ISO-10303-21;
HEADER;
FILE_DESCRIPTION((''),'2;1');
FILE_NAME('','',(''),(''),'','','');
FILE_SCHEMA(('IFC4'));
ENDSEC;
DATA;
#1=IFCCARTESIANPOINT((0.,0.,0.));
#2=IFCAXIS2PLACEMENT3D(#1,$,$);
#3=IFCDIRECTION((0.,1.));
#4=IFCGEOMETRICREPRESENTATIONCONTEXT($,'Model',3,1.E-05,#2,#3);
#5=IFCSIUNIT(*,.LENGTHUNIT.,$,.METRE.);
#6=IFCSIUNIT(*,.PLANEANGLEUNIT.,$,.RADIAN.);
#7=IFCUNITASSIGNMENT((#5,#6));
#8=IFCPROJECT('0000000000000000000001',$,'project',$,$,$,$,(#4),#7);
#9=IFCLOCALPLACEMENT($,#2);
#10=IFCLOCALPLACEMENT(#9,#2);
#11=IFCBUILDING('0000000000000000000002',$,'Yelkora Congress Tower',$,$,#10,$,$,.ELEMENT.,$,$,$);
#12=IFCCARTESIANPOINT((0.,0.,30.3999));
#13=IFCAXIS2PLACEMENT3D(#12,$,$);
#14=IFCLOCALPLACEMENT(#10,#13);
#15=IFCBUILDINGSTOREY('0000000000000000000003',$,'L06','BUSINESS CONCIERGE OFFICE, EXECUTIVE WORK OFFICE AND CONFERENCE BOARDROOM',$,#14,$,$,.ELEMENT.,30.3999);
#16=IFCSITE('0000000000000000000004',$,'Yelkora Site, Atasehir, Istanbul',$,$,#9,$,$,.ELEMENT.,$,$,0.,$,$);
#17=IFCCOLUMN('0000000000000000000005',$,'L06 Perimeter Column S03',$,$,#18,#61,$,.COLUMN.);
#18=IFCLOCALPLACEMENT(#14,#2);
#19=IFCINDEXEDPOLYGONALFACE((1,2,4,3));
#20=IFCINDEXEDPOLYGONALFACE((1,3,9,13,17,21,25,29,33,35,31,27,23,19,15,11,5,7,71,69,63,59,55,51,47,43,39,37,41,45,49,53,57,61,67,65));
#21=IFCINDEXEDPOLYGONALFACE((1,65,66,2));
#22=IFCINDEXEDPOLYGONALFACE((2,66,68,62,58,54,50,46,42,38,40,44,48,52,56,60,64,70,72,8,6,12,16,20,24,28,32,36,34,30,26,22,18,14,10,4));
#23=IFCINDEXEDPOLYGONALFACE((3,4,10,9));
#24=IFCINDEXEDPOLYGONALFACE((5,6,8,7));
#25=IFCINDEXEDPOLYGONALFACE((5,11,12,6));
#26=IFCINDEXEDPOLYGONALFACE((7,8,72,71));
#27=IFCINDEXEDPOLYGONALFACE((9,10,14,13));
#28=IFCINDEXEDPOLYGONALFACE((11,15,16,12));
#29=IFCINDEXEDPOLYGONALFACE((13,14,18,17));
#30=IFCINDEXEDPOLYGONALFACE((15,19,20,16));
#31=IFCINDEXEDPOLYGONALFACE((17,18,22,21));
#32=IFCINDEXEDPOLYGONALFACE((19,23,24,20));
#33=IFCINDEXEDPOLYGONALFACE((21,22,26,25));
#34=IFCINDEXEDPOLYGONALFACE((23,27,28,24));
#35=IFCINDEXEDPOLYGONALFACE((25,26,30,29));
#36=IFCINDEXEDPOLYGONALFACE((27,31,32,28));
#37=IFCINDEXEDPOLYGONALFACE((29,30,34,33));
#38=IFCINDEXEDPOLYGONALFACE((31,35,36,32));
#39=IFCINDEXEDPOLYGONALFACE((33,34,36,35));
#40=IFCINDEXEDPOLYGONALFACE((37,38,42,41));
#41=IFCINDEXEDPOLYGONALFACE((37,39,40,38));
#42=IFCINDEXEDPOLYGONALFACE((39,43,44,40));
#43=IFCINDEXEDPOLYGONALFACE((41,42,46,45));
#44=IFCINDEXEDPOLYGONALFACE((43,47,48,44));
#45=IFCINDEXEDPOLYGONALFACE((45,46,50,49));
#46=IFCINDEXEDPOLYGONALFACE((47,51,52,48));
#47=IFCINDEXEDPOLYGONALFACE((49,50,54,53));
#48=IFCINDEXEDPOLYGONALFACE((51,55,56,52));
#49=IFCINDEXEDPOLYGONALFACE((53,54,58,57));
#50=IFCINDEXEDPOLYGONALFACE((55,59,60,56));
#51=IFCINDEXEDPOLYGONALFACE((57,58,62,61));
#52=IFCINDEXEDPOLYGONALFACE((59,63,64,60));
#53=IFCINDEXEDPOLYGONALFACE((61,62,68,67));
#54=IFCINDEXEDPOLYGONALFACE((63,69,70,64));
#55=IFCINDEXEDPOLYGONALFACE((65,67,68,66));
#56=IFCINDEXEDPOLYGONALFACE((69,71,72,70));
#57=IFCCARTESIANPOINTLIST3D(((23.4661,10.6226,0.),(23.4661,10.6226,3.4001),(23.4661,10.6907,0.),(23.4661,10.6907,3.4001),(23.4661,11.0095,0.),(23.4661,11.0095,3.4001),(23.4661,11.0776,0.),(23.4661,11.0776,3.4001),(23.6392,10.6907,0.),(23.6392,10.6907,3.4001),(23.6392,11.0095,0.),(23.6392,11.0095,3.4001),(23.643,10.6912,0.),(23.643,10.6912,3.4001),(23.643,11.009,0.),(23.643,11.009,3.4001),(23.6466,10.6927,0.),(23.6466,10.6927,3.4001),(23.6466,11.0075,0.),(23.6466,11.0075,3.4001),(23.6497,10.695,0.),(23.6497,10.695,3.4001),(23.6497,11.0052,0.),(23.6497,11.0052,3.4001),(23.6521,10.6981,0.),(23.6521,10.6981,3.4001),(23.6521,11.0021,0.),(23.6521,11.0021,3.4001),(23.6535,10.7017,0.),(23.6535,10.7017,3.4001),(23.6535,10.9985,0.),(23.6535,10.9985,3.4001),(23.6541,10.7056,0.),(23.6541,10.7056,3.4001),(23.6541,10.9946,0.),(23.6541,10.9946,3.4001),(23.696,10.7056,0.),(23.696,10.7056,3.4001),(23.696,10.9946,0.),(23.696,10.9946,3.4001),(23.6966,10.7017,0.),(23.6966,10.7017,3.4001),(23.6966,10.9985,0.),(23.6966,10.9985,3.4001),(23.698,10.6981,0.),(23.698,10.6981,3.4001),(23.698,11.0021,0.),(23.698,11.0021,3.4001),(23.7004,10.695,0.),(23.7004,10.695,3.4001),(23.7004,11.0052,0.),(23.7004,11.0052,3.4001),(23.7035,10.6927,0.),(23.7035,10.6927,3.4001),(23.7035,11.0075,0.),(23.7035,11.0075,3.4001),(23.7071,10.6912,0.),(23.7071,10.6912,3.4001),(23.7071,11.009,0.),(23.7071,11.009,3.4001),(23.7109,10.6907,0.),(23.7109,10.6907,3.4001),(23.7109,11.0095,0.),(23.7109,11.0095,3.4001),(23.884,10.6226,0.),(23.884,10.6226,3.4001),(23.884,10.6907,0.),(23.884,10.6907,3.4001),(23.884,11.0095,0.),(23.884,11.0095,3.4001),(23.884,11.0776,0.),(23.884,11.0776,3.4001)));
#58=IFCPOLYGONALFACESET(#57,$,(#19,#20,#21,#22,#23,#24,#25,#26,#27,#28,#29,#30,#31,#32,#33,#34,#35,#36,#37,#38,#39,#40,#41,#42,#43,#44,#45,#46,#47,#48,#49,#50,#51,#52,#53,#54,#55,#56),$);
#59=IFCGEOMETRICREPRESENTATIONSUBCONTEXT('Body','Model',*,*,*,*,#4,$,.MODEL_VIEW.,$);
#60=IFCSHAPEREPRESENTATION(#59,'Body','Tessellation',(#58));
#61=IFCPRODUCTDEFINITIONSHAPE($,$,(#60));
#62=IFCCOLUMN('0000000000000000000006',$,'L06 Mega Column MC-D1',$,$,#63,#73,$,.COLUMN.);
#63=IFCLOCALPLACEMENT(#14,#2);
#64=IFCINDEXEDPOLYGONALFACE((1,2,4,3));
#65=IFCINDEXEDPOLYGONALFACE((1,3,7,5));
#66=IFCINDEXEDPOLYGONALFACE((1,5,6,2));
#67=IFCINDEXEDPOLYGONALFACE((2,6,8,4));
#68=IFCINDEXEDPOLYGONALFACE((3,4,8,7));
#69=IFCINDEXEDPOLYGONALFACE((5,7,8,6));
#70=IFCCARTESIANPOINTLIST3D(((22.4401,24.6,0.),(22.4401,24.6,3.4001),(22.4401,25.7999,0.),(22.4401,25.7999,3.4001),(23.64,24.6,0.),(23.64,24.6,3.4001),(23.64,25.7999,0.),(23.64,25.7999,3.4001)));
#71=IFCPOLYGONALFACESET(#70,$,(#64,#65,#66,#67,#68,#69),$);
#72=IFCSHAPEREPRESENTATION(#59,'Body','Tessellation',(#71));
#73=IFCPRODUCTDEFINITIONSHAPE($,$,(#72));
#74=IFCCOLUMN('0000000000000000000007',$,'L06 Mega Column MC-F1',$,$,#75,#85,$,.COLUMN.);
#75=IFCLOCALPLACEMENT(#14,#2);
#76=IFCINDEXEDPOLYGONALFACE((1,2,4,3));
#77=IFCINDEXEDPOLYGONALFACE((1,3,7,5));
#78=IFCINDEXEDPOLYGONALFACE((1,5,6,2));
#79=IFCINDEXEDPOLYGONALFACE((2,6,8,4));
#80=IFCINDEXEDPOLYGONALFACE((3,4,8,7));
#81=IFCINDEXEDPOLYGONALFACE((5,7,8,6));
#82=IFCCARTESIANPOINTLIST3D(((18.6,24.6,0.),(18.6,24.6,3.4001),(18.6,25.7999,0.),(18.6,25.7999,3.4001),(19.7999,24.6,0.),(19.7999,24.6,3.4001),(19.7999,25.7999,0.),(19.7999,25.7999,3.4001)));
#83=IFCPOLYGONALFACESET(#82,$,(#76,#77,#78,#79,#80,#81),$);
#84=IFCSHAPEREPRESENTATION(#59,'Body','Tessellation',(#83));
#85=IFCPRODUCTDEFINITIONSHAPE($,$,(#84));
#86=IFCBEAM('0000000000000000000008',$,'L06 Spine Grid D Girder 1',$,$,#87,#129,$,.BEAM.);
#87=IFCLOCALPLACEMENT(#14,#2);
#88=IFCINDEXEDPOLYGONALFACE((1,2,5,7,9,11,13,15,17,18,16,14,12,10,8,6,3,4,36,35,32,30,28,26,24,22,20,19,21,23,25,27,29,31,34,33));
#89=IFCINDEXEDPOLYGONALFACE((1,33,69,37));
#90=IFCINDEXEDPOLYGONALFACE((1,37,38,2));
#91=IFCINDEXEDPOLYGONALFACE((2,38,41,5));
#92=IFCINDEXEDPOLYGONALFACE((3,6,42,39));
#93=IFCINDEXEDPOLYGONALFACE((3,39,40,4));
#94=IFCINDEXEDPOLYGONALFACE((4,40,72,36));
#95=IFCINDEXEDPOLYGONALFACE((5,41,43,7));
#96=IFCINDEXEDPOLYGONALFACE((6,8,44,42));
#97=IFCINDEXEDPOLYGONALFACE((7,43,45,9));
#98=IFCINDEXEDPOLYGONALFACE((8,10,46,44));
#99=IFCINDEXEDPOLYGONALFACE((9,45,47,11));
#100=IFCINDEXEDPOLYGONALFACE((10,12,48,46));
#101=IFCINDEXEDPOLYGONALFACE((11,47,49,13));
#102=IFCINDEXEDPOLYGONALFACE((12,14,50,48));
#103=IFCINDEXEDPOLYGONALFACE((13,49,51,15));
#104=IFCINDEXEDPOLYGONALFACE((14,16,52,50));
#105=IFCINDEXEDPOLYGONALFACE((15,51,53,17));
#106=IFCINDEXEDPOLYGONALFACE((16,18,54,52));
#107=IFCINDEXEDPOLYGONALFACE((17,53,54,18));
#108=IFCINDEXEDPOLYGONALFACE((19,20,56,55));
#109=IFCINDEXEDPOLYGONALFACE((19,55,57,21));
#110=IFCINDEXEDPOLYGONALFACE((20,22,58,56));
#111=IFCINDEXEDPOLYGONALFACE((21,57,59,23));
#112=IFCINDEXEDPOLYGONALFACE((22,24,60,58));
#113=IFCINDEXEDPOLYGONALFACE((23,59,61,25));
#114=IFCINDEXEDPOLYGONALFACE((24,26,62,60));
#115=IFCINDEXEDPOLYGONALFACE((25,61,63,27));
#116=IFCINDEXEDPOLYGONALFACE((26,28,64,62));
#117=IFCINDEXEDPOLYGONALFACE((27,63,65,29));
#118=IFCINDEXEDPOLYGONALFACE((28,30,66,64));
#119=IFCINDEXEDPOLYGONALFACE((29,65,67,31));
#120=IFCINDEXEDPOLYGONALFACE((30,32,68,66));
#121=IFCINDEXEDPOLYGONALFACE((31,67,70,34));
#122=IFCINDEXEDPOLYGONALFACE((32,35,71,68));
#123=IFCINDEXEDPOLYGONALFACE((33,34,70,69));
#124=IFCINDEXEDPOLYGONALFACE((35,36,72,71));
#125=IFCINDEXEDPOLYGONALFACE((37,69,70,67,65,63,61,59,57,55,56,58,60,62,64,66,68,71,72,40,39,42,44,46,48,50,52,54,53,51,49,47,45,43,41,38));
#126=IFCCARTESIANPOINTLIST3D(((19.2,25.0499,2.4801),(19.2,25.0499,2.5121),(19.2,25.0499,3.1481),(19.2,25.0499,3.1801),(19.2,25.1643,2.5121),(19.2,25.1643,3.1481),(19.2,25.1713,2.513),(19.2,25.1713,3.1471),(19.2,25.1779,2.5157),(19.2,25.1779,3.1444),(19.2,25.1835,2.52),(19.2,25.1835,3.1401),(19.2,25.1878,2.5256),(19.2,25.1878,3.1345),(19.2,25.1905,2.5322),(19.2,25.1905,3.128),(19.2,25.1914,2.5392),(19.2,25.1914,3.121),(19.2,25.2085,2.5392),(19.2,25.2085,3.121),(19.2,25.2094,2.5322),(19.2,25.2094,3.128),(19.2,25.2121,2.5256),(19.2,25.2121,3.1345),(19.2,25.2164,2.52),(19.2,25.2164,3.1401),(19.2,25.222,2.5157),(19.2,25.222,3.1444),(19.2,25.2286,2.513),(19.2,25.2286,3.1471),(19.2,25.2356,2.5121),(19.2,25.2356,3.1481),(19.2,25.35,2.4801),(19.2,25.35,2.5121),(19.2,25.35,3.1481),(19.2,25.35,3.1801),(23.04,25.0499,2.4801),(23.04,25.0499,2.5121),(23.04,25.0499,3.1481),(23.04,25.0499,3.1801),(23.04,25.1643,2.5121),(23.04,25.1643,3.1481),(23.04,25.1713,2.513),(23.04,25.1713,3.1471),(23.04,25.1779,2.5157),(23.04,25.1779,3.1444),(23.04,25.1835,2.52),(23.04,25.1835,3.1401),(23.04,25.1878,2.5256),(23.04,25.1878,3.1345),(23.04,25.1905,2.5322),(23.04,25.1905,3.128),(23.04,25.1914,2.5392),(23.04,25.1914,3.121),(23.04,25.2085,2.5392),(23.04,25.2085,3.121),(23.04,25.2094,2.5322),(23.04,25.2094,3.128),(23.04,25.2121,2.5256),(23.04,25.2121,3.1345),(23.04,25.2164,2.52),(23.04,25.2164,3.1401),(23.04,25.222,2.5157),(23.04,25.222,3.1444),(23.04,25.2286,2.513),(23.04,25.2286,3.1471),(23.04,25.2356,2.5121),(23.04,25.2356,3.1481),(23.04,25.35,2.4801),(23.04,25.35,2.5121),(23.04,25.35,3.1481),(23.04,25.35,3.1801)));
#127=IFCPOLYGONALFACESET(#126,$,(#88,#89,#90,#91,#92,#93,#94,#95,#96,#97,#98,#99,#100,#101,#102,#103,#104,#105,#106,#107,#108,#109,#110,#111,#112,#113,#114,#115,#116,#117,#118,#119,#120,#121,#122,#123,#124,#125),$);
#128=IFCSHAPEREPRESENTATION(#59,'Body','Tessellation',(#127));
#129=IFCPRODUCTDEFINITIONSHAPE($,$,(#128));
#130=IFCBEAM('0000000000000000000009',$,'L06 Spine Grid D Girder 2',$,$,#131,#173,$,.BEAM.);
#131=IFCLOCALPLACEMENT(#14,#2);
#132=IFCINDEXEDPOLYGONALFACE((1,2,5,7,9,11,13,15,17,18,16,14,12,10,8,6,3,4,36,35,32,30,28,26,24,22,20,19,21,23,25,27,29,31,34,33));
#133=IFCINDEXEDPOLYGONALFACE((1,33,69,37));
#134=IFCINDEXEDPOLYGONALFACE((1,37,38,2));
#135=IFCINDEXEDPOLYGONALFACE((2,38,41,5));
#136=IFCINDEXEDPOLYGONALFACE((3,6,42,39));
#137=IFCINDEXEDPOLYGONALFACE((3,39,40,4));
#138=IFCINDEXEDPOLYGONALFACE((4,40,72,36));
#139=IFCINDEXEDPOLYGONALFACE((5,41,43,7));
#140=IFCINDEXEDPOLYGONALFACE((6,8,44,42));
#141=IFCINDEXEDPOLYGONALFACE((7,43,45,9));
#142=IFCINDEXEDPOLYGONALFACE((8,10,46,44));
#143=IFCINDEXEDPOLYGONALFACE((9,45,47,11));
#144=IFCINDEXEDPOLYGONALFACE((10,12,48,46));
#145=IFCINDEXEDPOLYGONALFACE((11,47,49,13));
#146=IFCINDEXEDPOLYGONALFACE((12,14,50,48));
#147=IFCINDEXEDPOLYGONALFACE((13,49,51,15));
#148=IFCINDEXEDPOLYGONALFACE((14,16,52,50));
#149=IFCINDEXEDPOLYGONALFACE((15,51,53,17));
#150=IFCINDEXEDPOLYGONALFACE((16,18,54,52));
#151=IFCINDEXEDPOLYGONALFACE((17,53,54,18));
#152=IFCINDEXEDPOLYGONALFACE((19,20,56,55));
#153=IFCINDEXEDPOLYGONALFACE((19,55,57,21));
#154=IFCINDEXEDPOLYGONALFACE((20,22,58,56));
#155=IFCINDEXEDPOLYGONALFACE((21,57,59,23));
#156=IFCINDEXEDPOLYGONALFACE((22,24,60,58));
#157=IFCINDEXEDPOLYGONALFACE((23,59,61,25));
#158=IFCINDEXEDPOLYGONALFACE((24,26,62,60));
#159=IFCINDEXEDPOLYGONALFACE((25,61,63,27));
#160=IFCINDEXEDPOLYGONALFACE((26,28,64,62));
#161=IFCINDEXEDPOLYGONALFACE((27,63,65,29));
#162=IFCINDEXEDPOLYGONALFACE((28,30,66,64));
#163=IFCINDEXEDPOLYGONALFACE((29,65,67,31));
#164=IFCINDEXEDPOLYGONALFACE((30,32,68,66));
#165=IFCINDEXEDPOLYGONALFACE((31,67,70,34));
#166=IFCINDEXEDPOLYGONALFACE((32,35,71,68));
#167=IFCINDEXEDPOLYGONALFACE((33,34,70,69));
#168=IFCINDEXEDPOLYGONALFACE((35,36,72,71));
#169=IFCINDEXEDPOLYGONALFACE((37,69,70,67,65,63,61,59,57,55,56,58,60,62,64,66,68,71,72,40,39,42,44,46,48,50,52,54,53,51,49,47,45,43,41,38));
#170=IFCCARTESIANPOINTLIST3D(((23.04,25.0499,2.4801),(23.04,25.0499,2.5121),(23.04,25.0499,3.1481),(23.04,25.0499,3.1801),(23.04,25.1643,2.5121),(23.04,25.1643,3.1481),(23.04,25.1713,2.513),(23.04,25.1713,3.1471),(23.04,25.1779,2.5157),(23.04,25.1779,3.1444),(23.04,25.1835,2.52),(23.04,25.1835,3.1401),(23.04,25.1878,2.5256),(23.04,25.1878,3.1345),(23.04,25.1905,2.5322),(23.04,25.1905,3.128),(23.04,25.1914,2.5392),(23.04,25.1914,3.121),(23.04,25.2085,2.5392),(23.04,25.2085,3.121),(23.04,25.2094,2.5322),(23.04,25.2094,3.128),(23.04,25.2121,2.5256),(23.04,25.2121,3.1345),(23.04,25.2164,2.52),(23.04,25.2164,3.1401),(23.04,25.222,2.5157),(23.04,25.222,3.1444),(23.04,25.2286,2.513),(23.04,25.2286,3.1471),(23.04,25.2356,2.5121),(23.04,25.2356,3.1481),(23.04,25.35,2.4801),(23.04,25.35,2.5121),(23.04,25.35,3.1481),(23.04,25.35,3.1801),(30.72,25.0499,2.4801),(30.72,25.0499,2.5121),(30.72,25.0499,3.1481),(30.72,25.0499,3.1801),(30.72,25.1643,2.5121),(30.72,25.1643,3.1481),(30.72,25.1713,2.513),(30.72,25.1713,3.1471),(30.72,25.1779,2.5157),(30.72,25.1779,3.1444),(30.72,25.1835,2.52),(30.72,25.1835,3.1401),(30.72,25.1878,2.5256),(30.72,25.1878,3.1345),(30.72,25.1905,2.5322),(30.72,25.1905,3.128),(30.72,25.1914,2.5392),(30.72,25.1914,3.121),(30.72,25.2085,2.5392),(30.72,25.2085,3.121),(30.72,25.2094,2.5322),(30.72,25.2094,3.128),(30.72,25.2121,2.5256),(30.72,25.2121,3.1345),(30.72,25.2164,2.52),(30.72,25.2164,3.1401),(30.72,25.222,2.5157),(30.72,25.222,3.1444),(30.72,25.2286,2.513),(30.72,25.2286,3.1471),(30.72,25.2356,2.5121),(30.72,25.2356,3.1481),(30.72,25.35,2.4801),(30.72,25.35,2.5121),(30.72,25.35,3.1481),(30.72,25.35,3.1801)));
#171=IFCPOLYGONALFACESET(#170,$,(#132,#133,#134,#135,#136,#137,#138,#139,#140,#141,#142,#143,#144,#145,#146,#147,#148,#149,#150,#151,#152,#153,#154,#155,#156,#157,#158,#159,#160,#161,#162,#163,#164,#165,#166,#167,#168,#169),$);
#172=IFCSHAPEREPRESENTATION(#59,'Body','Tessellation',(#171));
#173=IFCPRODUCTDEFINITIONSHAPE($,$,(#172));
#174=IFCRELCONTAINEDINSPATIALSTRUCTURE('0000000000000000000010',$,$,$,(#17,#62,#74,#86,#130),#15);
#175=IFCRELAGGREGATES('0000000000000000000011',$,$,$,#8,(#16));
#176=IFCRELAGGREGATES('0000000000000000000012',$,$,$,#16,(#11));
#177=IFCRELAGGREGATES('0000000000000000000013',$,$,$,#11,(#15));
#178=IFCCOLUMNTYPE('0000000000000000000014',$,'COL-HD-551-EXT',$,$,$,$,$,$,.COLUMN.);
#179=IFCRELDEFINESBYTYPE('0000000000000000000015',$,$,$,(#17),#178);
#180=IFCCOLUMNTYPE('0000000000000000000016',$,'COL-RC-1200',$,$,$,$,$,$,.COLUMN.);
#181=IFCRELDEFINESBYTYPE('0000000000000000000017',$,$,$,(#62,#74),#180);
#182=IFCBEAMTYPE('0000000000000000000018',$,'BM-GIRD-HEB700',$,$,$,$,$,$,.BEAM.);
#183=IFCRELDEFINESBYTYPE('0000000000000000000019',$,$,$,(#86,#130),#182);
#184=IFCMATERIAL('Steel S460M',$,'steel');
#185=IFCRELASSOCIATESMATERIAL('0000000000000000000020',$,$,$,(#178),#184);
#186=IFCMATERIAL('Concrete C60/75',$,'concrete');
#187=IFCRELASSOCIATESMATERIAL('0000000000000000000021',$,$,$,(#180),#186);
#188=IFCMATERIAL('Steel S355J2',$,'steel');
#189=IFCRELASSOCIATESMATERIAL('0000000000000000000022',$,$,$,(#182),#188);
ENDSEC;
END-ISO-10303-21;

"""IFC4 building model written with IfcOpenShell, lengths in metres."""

from ifc_helpers import new_model, si_unit, direction, frame, origin, origin_2d, place, context, subcontext, project, spatial, rectangle, i_section, extrude, material, material_profile, profile_set, type_object, element, save


model = new_model("IFC4")

# Units and contexts
model_context = context("Model", 3, precision=1e-05, world=origin(), true_north=direction((0.0, 1.0)))
body_context = subcontext(model_context, "Body", "Model", "MODEL_VIEW")
ifc_project = project(units=[si_unit("LENGTHUNIT", "METRE"), si_unit("PLANEANGLEUNIT", "RADIAN")], contexts=[model_context])

# Site, building, storey
site_placement = place(None, origin())
site = spatial("IfcSite", under=ifc_project, at=site_placement, Name="Yelkora Site, Atasehir, Istanbul", CompositionType="ELEMENT", RefElevation=0.0)
building_placement = place(site_placement, origin())
building = spatial("IfcBuilding", under=site, at=building_placement, Name="Yelkora Congress Tower", CompositionType="ELEMENT")
storey_placement = place(building_placement, frame((0.0, 0.0, 30.3999)))
storey = spatial("IfcBuildingStorey", under=building, at=storey_placement, Name="L06", Description="BUSINESS CONCIERGE OFFICE, EXECUTIVE WORK OFFICE AND CONFERENCE BOARDROOM", CompositionType="ELEMENT", Elevation=30.3999)

# Columns
ifc_material_1 = material(Name="Steel S460M", Category="steel")
ifc_material_profile_1 = material_profile(ifc_material_1, i_section(OverallWidth=0.418, OverallDepth=0.4551, WebThickness=0.042, FlangeThickness=0.0681, FilletRadius=0.0149, at=origin_2d()), Name="HD 400x551")
ifc_profile_set_1 = profile_set([ifc_material_profile_1], Name="Steel S460M")
column_type_1 = type_object("IfcColumnType", Name="COL-HD-551-EXT", PredefinedType="COLUMN", material=ifc_profile_set_1)
column_placement = place(storey_placement, frame((23.675, 10.8501, 0.0), z_axis=(0.0, 0.0, 1.0), x_axis=(1.0, 0.0, 0.0)))
element("IfcColumn", 1, at=column_placement, inside=storey, type_object=column_type_1, Name="L06 Perimeter Column S03", PredefinedType="COLUMN", context=body_context, shape_type="SweptSolid", body=[
    extrude(i_section(OverallWidth=0.418, OverallDepth=0.4551, WebThickness=0.042, FlangeThickness=0.0681, FilletRadius=0.0149, at=origin_2d()), origin(), (0.0, 0.0, 1.0), 3.4001),
])
ifc_material_2 = material(Name="Concrete C60/75", Category="concrete")
ifc_material_profile_2 = material_profile(ifc_material_2, rectangle(XDim=1.2, YDim=1.2, at=origin_2d()), Name="RC 1200x1200")
ifc_profile_set_2 = profile_set([ifc_material_profile_2], Name="Concrete C60/75")
column_type_2 = type_object("IfcColumnType", Name="COL-RC-1200", PredefinedType="COLUMN", material=ifc_profile_set_2)
for number, where, z_axis, x_axis, name in (
    (2, (23.04, 25.2, 0.0), (0.0, 0.0, 1.0), (1.0, 0.0, 0.0), "L06 Mega Column MC-D1"),
    (3, (19.2, 25.2, 0.0), (0.0, 0.0, 1.0), (1.0, 0.0, 0.0), "L06 Mega Column MC-F1"),
):
    element("IfcColumn", number, at=place(storey_placement, frame(where, z_axis=z_axis, x_axis=x_axis)), inside=storey, type_object=column_type_2, Name=name, PredefinedType="COLUMN", context=body_context, shape_type="SweptSolid", body=[
        extrude(rectangle(XDim=1.2, YDim=1.2, at=origin_2d()), origin(), (0.0, 0.0, 1.0), 3.4001),
    ])

# Beams
ifc_material_3 = material(Name="Steel S355J2", Category="steel")
ifc_material_profile_3 = material_profile(ifc_material_3, i_section(OverallWidth=0.3, OverallDepth=0.7, WebThickness=0.0171, FlangeThickness=0.032, FilletRadius=0.0271, at=origin_2d()), Name="HEB 700")
ifc_profile_set_3 = profile_set([ifc_material_profile_3], Name="Steel S355J2")
beam_type_1 = type_object("IfcBeamType", Name="BM-GIRD-HEB700", PredefinedType="BEAM", material=ifc_profile_set_3)
beam_1_placement = place(storey_placement, frame((19.2, 25.2, 2.8301), z_axis=(1.0, 0.0, 0.0), x_axis=(0.0, 1.0, 0.0)))
element("IfcBeam", 4, at=beam_1_placement, inside=storey, type_object=beam_type_1, Name="L06 Spine Grid D Girder 1", PredefinedType="BEAM", context=body_context, shape_type="SweptSolid", body=[
    extrude(i_section(OverallWidth=0.3, OverallDepth=0.7, WebThickness=0.0171, FlangeThickness=0.032, FilletRadius=0.0271, at=origin_2d()), origin(), (0.0, 0.0, 1.0), 3.8401),
])
beam_2_placement = place(storey_placement, frame((23.04, 25.2, 2.8301), z_axis=(1.0, 0.0, 0.0), x_axis=(0.0, 1.0, 0.0)))
element("IfcBeam", 5, at=beam_2_placement, inside=storey, type_object=beam_type_1, Name="L06 Spine Grid D Girder 2", PredefinedType="BEAM", context=body_context, shape_type="SweptSolid", body=[
    extrude(i_section(OverallWidth=0.3, OverallDepth=0.7, WebThickness=0.0171, FlangeThickness=0.032, FilletRadius=0.0271, at=origin_2d()), origin(), (0.0, 0.0, 1.0), 7.6799),
])

save(model, "model.ifc")
